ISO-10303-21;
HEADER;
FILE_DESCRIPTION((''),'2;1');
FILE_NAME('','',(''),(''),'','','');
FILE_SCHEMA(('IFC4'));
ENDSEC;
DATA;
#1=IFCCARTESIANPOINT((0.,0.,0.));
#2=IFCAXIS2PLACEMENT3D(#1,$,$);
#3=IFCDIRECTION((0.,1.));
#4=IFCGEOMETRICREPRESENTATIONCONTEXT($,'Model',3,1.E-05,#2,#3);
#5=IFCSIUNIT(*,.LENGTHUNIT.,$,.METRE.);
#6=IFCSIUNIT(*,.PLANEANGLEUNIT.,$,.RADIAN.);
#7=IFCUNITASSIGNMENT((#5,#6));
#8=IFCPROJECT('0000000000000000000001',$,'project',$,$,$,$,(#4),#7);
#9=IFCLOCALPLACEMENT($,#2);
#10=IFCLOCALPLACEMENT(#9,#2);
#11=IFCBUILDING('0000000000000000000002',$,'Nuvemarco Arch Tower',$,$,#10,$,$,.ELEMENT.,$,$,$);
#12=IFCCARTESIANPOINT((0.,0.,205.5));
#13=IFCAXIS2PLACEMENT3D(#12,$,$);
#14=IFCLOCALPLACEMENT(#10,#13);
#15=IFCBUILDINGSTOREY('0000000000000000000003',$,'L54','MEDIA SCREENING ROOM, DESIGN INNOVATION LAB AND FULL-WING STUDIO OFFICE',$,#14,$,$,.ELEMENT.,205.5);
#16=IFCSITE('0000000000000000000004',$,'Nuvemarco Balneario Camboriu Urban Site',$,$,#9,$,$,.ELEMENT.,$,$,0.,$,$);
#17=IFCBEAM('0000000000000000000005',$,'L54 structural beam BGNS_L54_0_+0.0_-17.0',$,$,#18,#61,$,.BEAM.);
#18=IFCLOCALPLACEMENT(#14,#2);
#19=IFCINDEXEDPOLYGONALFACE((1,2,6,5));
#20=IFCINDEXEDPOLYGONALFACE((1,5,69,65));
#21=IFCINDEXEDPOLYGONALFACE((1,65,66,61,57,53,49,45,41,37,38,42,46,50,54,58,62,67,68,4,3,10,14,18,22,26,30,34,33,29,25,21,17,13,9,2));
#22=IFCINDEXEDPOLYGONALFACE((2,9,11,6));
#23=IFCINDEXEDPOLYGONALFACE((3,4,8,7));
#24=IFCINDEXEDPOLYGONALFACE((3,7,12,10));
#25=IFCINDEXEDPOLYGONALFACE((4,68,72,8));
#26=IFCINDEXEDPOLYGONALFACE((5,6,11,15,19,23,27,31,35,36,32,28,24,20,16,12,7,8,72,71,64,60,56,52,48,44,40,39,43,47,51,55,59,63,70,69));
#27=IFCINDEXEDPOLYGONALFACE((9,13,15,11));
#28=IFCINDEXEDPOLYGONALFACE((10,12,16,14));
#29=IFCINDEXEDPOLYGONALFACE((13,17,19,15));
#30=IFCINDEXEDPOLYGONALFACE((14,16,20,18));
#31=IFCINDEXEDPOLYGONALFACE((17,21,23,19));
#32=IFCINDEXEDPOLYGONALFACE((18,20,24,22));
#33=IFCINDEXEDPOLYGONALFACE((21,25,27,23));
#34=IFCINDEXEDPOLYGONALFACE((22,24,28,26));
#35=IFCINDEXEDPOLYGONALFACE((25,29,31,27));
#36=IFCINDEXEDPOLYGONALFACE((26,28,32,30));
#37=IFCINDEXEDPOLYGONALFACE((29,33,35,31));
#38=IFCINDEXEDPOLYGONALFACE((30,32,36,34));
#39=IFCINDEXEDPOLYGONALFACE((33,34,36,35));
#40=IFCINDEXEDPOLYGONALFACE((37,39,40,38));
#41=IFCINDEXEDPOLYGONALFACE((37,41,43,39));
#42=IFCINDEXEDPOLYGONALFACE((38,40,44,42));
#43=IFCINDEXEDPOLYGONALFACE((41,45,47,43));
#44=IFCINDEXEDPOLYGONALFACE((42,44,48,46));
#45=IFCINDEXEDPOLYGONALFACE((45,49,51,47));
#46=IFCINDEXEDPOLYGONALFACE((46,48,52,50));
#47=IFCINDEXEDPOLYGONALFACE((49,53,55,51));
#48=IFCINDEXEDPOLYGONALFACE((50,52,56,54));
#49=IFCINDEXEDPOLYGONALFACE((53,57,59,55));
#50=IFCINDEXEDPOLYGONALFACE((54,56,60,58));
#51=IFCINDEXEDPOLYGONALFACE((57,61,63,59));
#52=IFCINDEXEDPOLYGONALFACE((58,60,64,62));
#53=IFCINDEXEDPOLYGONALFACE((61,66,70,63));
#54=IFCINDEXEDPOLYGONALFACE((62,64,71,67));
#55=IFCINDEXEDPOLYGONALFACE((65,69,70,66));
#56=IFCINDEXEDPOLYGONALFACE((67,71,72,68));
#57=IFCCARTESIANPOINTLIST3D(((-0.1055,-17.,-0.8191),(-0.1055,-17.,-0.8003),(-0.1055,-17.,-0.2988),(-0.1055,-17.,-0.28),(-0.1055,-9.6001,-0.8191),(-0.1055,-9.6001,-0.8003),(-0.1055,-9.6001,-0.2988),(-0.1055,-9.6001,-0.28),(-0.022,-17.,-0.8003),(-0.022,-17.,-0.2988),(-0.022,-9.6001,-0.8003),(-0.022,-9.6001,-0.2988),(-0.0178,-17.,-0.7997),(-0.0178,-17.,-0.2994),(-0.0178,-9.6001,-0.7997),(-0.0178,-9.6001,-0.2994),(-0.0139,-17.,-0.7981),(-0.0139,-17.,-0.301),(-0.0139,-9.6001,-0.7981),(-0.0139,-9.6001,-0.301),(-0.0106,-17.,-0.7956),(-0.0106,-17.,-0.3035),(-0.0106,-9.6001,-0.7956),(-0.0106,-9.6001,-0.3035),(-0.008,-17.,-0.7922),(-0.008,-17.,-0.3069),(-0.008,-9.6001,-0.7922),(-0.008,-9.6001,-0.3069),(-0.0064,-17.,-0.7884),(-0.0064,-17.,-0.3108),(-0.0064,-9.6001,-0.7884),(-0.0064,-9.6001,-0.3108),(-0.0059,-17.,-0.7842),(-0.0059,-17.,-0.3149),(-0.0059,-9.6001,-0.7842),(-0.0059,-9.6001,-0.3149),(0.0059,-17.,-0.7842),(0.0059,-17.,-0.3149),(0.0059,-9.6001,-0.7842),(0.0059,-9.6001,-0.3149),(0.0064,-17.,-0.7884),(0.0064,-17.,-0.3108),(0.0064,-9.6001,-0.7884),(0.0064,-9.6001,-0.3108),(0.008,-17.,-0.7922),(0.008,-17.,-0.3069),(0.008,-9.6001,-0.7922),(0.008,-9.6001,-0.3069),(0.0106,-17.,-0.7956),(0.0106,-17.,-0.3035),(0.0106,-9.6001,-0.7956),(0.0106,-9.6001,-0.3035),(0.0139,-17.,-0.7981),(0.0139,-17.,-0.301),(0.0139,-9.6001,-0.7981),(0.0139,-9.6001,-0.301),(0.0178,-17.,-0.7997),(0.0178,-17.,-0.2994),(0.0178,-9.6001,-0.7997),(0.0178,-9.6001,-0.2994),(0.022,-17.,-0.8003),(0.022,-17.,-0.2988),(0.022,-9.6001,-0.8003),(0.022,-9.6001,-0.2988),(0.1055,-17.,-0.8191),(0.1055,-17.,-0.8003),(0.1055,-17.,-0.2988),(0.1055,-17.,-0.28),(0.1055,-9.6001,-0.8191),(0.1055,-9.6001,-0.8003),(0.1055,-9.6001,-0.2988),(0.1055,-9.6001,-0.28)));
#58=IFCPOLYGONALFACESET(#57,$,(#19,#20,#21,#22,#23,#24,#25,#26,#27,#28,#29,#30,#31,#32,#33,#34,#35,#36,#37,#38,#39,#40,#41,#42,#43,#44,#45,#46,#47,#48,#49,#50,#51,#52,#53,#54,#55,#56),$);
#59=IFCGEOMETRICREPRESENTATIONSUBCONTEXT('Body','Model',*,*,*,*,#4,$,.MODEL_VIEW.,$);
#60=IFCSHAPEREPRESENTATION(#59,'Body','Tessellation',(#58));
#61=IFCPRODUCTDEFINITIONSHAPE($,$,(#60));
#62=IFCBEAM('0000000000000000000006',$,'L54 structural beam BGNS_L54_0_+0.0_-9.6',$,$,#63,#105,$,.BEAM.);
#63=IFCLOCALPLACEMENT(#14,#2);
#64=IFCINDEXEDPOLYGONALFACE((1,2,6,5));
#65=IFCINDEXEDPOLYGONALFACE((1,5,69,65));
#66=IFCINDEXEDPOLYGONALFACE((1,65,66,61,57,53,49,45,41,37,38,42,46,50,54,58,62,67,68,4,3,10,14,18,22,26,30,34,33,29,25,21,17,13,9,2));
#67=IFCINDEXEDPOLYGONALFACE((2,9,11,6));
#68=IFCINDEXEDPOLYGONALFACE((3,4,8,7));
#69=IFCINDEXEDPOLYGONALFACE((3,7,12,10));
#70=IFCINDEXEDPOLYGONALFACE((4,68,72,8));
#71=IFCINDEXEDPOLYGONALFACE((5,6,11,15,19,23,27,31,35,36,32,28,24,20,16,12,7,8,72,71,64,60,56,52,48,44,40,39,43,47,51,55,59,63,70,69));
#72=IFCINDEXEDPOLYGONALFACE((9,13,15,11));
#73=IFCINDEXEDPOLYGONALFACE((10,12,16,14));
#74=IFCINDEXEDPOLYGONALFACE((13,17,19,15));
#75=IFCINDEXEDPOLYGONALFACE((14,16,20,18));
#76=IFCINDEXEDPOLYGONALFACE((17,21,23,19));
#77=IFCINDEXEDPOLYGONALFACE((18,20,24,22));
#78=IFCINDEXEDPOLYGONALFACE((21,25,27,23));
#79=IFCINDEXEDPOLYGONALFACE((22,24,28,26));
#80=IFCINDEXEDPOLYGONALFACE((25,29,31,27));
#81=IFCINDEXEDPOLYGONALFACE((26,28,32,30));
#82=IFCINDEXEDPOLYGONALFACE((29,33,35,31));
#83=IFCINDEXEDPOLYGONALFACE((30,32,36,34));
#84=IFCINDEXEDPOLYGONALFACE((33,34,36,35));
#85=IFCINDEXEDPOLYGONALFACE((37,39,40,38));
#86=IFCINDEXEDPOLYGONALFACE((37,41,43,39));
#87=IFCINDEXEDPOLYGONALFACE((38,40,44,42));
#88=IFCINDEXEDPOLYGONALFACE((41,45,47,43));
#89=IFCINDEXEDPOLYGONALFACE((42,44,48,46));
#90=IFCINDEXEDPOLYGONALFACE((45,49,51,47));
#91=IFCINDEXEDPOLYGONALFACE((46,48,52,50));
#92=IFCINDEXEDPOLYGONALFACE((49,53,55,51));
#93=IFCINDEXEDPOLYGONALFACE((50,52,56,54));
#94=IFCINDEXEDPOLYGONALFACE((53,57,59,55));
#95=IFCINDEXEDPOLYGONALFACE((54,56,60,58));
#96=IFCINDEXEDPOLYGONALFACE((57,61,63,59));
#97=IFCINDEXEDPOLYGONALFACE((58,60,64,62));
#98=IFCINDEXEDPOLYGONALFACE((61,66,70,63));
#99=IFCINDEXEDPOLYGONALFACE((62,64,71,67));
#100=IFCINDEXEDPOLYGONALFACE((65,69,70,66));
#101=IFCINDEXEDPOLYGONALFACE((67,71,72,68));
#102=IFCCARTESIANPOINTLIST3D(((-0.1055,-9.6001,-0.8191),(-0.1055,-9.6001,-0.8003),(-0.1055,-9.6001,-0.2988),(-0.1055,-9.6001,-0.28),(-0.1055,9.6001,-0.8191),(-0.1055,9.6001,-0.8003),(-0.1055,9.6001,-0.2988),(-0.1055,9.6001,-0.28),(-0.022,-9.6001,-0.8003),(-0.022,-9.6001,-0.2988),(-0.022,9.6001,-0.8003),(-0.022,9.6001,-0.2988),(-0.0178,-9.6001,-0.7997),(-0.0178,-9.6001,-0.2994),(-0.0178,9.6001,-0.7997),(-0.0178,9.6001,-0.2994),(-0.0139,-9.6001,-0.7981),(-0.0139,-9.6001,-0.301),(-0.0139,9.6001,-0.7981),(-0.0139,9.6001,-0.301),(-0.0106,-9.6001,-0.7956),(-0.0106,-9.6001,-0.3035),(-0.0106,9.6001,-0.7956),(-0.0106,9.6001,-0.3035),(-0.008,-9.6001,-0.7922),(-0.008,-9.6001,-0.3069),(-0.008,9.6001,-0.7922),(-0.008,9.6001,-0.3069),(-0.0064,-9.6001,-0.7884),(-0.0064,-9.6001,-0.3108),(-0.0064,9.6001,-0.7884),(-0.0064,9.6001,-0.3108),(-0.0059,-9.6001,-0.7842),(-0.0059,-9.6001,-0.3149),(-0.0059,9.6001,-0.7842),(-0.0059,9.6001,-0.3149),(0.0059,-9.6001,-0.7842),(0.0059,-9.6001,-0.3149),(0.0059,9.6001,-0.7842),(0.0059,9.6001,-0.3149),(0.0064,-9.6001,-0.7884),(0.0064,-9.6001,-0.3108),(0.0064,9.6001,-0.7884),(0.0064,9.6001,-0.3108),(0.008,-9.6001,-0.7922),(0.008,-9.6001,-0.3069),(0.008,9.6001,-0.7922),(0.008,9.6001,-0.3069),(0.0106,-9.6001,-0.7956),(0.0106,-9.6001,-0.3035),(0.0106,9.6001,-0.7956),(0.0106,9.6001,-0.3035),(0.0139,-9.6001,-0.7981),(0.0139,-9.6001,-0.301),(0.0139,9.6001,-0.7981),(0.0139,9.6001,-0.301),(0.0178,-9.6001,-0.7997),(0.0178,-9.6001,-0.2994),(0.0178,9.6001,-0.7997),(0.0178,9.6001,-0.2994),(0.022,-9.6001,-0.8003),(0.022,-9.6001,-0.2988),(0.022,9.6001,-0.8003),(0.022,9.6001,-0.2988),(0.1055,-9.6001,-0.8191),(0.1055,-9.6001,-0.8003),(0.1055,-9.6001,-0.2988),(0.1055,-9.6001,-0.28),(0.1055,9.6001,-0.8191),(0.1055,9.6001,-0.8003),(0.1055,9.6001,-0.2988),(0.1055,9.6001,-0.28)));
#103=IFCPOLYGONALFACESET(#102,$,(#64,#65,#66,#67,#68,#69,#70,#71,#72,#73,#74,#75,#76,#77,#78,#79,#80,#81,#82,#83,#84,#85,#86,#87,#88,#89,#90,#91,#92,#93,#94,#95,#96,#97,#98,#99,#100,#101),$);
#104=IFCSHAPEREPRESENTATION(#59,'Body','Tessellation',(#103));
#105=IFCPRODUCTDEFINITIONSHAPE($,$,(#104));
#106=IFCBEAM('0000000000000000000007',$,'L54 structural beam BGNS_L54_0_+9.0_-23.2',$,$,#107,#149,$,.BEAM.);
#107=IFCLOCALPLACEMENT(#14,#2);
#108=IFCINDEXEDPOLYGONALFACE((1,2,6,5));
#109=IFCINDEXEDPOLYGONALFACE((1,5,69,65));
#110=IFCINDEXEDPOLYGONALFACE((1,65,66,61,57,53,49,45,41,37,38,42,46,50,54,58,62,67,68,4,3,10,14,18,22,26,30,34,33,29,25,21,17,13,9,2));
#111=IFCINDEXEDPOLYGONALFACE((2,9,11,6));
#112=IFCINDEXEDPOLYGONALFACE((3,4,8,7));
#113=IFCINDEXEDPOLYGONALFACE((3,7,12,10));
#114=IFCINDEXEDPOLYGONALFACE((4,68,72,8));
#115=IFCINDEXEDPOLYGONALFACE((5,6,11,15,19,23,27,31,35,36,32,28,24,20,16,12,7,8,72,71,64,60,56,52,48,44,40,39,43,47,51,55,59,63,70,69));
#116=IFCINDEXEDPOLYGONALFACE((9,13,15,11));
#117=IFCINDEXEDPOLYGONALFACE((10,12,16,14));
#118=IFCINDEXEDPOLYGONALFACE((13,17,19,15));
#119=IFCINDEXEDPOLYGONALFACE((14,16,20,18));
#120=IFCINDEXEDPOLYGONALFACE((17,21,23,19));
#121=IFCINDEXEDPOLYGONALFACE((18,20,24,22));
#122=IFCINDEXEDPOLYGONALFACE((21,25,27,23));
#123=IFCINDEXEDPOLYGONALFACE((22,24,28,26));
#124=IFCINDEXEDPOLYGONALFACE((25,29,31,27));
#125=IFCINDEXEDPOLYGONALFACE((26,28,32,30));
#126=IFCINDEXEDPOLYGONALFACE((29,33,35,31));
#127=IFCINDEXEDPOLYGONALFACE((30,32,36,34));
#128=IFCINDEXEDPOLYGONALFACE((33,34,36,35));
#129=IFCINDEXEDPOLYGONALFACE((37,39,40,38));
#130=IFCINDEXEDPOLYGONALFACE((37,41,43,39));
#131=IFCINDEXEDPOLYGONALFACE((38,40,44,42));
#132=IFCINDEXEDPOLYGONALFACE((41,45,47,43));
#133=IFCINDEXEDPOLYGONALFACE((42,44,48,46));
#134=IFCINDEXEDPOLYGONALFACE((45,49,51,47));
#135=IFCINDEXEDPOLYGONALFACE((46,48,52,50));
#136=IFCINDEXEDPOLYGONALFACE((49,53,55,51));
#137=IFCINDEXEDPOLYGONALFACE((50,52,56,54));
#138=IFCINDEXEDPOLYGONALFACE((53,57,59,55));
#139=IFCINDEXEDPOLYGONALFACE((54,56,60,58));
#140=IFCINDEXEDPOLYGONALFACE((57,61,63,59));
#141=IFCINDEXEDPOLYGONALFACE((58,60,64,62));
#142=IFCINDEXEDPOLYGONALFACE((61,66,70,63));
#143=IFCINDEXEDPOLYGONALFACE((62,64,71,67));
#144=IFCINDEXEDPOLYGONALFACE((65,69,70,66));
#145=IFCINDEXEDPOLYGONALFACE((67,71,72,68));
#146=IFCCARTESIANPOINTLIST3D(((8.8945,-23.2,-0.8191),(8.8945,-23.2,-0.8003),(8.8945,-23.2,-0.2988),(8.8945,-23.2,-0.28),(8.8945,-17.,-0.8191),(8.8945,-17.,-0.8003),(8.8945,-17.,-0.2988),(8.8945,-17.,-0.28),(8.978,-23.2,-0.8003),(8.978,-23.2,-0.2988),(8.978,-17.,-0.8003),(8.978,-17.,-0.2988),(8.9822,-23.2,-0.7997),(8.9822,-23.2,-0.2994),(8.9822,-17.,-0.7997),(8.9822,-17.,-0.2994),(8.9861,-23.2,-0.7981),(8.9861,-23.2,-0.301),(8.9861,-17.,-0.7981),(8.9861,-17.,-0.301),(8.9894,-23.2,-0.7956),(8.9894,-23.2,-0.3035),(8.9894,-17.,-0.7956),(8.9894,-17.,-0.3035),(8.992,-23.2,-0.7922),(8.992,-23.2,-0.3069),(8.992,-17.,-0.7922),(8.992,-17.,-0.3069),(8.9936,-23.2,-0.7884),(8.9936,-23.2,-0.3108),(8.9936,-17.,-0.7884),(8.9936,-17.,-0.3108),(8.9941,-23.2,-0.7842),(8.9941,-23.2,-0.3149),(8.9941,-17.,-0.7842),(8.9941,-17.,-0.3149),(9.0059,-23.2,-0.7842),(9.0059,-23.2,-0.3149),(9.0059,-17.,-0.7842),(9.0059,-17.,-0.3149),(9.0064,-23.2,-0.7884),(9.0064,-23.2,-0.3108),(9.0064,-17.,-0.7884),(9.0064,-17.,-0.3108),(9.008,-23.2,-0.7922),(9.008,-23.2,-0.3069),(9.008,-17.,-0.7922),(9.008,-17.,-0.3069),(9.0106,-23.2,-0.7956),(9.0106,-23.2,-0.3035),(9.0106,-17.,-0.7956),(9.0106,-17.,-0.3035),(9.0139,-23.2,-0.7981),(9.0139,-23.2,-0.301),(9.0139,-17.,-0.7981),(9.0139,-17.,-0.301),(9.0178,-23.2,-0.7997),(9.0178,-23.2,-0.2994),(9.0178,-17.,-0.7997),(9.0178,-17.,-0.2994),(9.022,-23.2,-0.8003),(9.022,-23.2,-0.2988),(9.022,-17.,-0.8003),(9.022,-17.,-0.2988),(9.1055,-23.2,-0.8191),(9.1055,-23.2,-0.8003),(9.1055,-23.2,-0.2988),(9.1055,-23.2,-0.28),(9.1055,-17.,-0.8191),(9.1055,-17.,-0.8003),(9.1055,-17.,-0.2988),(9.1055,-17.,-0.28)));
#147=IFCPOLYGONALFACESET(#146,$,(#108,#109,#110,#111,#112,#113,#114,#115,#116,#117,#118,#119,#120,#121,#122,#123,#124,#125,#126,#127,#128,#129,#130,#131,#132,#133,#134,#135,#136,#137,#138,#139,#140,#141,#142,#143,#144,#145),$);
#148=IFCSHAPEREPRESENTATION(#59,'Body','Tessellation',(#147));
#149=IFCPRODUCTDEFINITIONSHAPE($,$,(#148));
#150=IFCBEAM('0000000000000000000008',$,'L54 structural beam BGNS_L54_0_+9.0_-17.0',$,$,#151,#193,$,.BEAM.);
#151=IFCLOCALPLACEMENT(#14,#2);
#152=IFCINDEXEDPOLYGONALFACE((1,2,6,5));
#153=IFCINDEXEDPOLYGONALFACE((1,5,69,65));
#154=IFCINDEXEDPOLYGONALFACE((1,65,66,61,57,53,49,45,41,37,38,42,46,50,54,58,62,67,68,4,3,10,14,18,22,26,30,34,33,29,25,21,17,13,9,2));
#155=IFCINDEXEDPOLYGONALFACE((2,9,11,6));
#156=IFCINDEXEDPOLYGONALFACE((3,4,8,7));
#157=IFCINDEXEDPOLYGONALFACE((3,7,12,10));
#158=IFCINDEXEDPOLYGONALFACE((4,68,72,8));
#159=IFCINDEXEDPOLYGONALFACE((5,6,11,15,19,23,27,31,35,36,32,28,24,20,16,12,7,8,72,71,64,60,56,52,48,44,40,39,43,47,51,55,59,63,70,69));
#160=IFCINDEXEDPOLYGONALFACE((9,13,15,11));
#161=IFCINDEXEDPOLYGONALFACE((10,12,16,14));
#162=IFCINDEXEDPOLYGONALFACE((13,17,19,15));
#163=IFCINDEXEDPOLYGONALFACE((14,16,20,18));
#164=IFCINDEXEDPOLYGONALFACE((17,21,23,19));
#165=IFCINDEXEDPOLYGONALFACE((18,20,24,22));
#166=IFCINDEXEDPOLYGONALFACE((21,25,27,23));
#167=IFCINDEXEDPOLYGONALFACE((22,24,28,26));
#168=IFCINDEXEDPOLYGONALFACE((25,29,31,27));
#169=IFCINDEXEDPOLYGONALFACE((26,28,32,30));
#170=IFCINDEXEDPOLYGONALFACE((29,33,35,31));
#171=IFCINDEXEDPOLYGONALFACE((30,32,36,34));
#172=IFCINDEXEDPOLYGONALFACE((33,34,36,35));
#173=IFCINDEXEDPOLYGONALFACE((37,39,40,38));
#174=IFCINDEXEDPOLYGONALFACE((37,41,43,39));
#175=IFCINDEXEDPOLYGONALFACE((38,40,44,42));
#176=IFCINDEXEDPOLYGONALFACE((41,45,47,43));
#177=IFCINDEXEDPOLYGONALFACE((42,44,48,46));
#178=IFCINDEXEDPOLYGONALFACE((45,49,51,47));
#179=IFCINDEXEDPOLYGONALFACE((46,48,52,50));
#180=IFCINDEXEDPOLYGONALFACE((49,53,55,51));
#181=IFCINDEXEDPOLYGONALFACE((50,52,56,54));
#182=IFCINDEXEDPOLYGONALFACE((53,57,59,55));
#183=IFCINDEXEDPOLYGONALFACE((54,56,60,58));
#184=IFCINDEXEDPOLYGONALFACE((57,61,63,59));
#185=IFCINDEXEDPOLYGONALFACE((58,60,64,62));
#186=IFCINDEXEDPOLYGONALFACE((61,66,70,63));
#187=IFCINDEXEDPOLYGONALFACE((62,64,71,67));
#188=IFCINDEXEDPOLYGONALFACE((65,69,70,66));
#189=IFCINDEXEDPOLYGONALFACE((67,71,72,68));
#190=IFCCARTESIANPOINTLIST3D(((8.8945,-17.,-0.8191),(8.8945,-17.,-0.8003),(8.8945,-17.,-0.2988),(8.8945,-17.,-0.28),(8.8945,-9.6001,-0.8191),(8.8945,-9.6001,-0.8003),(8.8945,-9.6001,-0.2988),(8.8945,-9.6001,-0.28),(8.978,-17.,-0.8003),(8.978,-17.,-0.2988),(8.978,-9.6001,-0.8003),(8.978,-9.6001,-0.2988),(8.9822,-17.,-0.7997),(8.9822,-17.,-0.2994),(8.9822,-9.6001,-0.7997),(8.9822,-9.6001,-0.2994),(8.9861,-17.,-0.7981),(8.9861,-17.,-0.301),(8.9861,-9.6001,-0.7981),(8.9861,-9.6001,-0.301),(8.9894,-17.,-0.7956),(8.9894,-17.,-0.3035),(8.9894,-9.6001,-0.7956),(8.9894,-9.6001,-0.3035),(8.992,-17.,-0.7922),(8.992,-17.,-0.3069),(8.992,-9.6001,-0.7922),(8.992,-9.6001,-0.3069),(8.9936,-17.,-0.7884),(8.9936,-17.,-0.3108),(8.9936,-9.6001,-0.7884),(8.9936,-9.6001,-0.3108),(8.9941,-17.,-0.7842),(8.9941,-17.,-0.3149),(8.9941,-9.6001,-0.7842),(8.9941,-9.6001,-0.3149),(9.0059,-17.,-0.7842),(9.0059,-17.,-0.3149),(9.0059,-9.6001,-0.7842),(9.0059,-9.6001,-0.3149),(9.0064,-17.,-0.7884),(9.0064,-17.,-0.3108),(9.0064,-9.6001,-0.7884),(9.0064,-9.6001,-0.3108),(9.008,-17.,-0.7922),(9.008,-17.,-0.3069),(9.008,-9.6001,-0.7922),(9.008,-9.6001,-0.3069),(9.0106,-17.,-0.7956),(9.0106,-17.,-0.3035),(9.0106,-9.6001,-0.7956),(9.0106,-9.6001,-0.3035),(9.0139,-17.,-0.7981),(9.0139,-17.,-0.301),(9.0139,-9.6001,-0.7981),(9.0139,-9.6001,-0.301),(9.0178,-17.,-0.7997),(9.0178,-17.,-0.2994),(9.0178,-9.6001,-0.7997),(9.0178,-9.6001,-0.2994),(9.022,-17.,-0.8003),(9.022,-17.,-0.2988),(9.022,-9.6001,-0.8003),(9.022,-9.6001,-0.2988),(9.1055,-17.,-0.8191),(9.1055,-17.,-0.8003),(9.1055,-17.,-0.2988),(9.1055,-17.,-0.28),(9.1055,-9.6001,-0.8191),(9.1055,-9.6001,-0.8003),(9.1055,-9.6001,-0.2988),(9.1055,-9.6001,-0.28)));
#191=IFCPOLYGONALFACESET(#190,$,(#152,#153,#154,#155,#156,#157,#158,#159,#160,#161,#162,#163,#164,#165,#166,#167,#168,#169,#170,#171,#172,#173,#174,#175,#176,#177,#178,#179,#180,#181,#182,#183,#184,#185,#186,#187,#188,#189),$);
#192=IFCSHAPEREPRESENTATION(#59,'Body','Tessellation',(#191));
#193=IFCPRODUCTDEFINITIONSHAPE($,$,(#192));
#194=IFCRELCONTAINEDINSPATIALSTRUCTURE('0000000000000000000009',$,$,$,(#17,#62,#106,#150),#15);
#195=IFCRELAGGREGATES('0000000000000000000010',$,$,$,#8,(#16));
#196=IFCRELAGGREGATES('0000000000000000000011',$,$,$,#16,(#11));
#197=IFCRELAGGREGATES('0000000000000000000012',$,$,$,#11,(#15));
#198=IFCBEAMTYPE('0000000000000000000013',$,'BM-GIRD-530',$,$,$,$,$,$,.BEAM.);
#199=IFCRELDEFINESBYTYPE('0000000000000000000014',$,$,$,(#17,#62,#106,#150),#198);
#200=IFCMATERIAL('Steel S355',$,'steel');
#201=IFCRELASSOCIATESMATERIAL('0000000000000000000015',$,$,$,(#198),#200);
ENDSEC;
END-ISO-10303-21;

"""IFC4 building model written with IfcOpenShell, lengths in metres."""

from ifc_helpers import new_model, si_unit, direction, frame, origin, origin_2d, place, context, subcontext, project, spatial, i_section, extrude, material, material_profile, profile_set, type_object, element, save


model = new_model("IFC4")

# Units and contexts
model_context = context("Model", 3, precision=1e-05, world=origin(), true_north=direction((0.0, 1.0)))
body_context = subcontext(model_context, "Body", "Model", "MODEL_VIEW")
ifc_project = project(units=[si_unit("LENGTHUNIT", "METRE"), si_unit("PLANEANGLEUNIT", "RADIAN")], contexts=[model_context])

# Site, building, storey
site_placement = place(None, origin())
site = spatial("IfcSite", under=ifc_project, at=site_placement, Name="Nuvemarco Balneario Camboriu Urban Site", CompositionType="ELEMENT", RefElevation=0.0)
building_placement = place(site_placement, origin())
building = spatial("IfcBuilding", under=site, at=building_placement, Name="Nuvemarco Arch Tower", CompositionType="ELEMENT")
storey_placement = place(building_placement, frame((0.0, 0.0, 205.5)))
storey = spatial("IfcBuildingStorey", under=building, at=storey_placement, Name="L54", Description="MEDIA SCREENING ROOM, DESIGN INNOVATION LAB AND FULL-WING STUDIO OFFICE", CompositionType="ELEMENT", Elevation=205.5)

# Shared definitions
ifc_material_1 = material(Name="Steel S355", Category="steel")

# Beams
ifc_material_profile_1 = material_profile(ifc_material_1, i_section(OverallWidth=0.2109, OverallDepth=0.5391, WebThickness=0.0117, FlangeThickness=0.0188, FilletRadius=0.0161, at=origin_2d()), Name="W530x109")
ifc_profile_set_1 = profile_set([ifc_material_profile_1], Name="Steel S355")
beam_type_1 = type_object("IfcBeamType", Name="BM-GIRD-530", PredefinedType="BEAM", material=ifc_profile_set_1)
beam_1_placement = place(storey_placement, frame((0.0, -17.0, -0.5496), z_axis=(0.0, 1.0, 0.0), x_axis=(-1.0, 0.0, 0.0)))
element("IfcBeam", 1, at=beam_1_placement, inside=storey, type_object=beam_type_1, Name="L54 structural beam BGNS_L54_0_+0.0_-17.0", PredefinedType="BEAM", context=body_context, shape_type="SweptSolid", body=[
    extrude(i_section(OverallWidth=0.2109, OverallDepth=0.5391, WebThickness=0.0117, FlangeThickness=0.0188, FilletRadius=0.0161, at=origin_2d()), origin(), (0.0, 0.0, 1.0), 7.3999),
])
beam_2_placement = place(storey_placement, frame((0.0, -9.6001, -0.5496), z_axis=(0.0, 1.0, 0.0), x_axis=(-1.0, 0.0, 0.0)))
element("IfcBeam", 2, at=beam_2_placement, inside=storey, type_object=beam_type_1, Name="L54 structural beam BGNS_L54_0_+0.0_-9.6", PredefinedType="BEAM", context=body_context, shape_type="SweptSolid", body=[
    extrude(i_section(OverallWidth=0.2109, OverallDepth=0.5391, WebThickness=0.0117, FlangeThickness=0.0188, FilletRadius=0.0161, at=origin_2d()), origin(), (0.0, 0.0, 1.0), 19.2002),
])
beam_3_placement = place(storey_placement, frame((9.0, -23.2, -0.5496), z_axis=(0.0, 1.0, 0.0), x_axis=(-1.0, 0.0, 0.0)))
element("IfcBeam", 3, at=beam_3_placement, inside=storey, type_object=beam_type_1, Name="L54 structural beam BGNS_L54_0_+9.0_-23.2", PredefinedType="BEAM", context=body_context, shape_type="SweptSolid", body=[
    extrude(i_section(OverallWidth=0.2109, OverallDepth=0.5391, WebThickness=0.0117, FlangeThickness=0.0188, FilletRadius=0.0161, at=origin_2d()), origin(), (0.0, 0.0, 1.0), 6.2),
])
beam_4_placement = place(storey_placement, frame((9.0, -17.0, -0.5496), z_axis=(0.0, 1.0, 0.0), x_axis=(-1.0, 0.0, 0.0)))
element("IfcBeam", 4, at=beam_4_placement, inside=storey, type_object=beam_type_1, Name="L54 structural beam BGNS_L54_0_+9.0_-17.0", PredefinedType="BEAM", context=body_context, shape_type="SweptSolid", body=[
    extrude(i_section(OverallWidth=0.2109, OverallDepth=0.5391, WebThickness=0.0117, FlangeThickness=0.0188, FilletRadius=0.0161, at=origin_2d()), origin(), (0.0, 0.0, 1.0), 7.3999),
])

save(model, "model.ifc")
